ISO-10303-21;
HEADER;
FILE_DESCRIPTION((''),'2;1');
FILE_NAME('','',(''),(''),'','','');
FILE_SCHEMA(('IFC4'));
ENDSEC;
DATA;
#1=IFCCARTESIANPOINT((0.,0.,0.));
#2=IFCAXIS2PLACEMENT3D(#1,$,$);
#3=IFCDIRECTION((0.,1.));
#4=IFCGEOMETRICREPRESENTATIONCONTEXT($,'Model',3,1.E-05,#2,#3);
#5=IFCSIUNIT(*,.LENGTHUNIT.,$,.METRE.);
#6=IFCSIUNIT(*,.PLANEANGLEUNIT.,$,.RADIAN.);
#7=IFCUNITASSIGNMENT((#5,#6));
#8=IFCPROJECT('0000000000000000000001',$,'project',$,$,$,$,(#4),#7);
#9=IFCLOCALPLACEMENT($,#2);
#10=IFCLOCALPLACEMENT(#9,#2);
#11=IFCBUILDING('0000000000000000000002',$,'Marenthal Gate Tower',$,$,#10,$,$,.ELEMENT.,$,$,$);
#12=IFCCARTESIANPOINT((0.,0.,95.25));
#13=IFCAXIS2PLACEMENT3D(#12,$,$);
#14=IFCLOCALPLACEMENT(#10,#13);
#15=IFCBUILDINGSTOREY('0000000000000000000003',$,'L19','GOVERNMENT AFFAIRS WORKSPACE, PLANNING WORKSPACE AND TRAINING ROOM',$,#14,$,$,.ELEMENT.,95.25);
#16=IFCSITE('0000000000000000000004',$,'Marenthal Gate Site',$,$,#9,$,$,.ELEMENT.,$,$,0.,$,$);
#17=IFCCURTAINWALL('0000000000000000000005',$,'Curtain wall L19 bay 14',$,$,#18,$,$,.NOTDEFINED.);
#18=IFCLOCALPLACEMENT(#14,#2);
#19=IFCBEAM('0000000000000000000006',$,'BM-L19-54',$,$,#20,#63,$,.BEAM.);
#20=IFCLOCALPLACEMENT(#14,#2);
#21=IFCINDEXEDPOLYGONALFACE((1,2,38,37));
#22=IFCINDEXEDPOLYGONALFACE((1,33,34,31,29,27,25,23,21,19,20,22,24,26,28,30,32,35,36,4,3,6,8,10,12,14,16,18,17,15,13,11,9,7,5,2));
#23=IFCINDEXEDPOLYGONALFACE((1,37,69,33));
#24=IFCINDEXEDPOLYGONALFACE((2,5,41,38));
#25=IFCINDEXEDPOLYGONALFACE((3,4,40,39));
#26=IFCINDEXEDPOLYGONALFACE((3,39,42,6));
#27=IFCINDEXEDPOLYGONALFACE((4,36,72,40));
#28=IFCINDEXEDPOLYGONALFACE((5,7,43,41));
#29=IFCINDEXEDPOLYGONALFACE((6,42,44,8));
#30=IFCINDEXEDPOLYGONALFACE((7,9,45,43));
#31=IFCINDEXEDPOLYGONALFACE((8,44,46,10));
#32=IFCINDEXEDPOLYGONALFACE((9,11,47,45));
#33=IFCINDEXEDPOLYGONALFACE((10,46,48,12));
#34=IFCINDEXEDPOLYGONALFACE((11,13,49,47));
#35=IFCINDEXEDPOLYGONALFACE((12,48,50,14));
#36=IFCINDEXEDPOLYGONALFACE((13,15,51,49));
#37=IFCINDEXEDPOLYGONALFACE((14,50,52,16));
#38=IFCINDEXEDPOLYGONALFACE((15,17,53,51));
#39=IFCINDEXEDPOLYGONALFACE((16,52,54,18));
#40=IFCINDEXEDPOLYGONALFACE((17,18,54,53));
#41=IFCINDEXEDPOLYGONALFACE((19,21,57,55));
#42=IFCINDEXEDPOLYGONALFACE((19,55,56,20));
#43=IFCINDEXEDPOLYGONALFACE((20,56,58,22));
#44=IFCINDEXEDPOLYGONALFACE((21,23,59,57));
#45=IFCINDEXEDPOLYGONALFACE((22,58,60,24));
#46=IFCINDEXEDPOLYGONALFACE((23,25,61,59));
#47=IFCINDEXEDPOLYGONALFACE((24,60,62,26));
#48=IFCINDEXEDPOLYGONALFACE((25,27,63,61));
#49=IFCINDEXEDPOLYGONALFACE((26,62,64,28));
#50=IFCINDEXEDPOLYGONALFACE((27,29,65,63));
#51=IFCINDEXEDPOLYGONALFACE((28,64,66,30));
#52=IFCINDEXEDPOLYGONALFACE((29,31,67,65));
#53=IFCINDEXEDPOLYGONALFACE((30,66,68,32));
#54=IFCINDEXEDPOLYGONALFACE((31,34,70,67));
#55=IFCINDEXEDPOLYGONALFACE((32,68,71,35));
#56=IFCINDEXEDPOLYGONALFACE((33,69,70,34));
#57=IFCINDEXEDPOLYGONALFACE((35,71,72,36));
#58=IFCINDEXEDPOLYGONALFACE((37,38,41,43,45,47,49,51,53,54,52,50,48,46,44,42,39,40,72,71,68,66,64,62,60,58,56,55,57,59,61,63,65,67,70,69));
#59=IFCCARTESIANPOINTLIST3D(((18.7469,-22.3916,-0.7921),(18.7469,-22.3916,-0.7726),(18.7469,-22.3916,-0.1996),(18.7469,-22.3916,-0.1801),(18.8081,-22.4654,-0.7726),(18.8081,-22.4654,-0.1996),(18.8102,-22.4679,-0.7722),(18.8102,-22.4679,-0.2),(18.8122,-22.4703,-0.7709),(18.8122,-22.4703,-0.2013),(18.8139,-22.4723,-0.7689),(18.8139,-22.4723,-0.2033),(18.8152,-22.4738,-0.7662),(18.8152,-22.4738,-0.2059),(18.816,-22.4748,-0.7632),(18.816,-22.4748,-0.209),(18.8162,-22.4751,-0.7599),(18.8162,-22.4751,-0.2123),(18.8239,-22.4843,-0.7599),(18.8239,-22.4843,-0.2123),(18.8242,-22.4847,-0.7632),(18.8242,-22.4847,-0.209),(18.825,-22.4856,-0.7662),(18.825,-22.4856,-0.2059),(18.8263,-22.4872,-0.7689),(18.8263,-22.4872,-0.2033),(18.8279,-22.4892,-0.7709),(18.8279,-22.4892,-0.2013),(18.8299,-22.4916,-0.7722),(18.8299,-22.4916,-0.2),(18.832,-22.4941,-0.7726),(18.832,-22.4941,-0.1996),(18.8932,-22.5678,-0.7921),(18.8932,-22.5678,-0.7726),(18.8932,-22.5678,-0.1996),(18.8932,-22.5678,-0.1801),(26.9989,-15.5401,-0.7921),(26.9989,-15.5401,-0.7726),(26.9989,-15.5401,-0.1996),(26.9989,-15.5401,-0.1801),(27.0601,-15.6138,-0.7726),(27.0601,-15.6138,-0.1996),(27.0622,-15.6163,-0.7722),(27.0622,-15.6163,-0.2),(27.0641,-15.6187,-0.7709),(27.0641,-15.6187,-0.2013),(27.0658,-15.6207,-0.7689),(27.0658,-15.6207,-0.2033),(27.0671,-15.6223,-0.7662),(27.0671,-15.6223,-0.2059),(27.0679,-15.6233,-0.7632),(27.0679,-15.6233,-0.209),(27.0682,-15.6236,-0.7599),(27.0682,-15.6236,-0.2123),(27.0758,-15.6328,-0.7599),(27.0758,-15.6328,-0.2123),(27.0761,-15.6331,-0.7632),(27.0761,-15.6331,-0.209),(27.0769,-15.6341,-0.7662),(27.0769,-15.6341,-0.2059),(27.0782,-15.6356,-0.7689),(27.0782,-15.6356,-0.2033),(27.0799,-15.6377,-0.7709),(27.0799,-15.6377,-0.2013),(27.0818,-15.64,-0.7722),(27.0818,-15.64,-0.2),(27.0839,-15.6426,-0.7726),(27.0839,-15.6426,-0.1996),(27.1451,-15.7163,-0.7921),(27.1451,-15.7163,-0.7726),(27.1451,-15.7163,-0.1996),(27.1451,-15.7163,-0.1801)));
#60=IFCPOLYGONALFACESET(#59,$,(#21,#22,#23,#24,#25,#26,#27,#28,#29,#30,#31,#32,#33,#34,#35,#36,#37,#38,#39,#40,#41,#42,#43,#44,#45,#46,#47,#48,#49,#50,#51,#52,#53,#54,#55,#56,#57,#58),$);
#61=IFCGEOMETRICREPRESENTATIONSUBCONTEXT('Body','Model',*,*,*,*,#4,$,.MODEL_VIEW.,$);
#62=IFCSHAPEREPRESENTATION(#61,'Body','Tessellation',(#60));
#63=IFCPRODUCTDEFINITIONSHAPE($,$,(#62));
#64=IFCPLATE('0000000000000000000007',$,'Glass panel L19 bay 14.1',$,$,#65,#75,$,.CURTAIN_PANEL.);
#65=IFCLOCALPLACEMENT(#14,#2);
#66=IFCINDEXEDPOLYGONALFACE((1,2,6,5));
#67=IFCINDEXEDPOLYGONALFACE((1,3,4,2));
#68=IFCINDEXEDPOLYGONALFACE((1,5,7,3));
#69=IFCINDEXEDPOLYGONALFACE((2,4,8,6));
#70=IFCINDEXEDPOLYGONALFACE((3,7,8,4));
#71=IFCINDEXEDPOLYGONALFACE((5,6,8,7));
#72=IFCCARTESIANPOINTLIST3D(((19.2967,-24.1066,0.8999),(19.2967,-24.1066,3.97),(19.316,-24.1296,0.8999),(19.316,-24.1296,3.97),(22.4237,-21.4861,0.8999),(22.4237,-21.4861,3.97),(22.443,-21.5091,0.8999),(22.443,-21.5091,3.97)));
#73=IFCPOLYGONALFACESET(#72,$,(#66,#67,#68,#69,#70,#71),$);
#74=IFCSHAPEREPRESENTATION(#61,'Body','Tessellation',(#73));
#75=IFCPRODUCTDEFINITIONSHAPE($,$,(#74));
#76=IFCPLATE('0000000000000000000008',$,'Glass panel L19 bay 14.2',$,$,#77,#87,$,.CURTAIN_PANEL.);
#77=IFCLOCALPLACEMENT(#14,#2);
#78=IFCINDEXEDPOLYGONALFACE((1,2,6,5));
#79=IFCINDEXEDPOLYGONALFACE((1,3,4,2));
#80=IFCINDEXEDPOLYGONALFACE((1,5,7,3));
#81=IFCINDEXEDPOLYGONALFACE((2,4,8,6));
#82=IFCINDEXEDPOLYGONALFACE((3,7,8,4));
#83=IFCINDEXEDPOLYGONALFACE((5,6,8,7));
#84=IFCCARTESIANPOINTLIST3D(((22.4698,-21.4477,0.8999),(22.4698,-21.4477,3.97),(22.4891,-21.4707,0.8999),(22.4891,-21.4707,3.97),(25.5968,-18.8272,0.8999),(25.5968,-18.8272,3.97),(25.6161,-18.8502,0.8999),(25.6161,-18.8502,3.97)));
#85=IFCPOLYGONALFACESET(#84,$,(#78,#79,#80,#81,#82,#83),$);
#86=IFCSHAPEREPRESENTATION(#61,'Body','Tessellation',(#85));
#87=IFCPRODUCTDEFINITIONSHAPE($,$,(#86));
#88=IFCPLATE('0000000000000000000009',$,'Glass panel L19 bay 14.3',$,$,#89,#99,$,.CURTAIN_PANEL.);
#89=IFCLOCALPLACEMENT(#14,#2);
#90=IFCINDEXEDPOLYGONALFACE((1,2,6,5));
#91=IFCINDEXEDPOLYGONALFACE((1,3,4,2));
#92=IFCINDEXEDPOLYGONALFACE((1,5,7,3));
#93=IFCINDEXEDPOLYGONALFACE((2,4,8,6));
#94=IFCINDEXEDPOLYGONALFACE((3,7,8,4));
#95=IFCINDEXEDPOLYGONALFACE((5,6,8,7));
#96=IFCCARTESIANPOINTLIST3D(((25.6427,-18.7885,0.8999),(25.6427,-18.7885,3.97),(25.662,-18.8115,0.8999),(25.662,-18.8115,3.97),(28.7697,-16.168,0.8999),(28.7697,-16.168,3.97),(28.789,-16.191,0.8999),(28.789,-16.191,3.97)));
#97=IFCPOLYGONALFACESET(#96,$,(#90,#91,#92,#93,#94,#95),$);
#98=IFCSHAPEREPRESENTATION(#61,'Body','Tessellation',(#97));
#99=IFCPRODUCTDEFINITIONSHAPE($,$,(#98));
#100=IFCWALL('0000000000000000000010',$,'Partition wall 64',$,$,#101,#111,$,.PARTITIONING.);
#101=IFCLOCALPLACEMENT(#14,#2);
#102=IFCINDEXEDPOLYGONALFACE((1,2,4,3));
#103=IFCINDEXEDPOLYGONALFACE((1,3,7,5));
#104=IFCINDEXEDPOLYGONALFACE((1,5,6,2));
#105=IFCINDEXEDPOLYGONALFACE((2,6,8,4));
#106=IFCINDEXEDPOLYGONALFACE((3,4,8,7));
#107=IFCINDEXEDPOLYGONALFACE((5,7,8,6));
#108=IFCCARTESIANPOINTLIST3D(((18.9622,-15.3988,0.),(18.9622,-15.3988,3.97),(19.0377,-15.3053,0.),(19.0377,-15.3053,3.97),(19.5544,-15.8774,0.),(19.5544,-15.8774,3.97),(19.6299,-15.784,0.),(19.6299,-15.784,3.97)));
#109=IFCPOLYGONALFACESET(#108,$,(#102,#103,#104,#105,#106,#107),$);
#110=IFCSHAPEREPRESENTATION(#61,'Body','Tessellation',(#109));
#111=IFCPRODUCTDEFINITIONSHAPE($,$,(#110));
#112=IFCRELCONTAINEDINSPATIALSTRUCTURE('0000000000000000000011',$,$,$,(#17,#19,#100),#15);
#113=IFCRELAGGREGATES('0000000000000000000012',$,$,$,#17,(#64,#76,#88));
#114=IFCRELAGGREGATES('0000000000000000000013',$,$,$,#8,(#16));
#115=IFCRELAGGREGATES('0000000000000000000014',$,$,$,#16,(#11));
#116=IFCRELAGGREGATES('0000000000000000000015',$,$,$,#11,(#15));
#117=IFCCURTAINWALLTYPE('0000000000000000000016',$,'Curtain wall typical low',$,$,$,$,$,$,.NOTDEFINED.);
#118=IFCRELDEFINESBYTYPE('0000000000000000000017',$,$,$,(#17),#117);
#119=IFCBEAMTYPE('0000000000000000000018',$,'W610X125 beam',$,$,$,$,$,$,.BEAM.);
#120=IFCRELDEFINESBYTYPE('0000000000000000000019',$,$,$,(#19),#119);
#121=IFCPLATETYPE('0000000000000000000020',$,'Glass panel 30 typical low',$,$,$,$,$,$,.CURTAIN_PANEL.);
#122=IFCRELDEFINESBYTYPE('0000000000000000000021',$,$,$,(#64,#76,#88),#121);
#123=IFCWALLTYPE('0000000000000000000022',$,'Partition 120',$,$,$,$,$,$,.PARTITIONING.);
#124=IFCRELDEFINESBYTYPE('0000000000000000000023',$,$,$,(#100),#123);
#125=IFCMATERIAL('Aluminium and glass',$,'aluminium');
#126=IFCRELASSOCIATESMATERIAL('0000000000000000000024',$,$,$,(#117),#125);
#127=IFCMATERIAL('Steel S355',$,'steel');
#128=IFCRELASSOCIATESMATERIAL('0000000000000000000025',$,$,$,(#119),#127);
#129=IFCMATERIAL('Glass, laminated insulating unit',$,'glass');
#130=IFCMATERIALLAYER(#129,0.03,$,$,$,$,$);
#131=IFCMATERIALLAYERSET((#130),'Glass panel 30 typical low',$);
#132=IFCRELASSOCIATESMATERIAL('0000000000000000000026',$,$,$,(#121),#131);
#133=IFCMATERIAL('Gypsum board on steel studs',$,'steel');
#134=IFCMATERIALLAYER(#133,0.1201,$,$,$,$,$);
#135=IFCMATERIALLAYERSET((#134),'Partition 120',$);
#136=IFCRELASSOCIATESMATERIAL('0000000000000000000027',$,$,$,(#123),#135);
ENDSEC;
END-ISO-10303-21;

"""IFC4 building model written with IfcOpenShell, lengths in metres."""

from ifc_helpers import new_model, si_unit, direction, frame, frame_2d, origin, origin_2d, place, context, subcontext, project, spatial, rectangle, i_section, extrude, material, layer, layer_set, material_profile, profile_set, type_object, element, aggregate, save


model = new_model("IFC4")

# Units and contexts
model_context = context("Model", 3, precision=1e-05, world=origin(), true_north=direction((0.0, 1.0)))
body_context = subcontext(model_context, "Body", "Model", "MODEL_VIEW")
ifc_project = project(units=[si_unit("LENGTHUNIT", "METRE"), si_unit("PLANEANGLEUNIT", "RADIAN")], contexts=[model_context])

# Site, building, storey
site_placement = place(None, origin())
site = spatial("IfcSite", under=ifc_project, at=site_placement, Name="Marenthal Gate Site", CompositionType="ELEMENT", RefElevation=0.0)
building_placement = place(site_placement, origin())
building = spatial("IfcBuilding", under=site, at=building_placement, Name="Marenthal Gate Tower", CompositionType="ELEMENT")
storey_placement = place(building_placement, frame((0.0, 0.0, 95.25)))
storey = spatial("IfcBuildingStorey", under=building, at=storey_placement, Name="L19", Description="GOVERNMENT AFFAIRS WORKSPACE, PLANNING WORKSPACE AND TRAINING ROOM", CompositionType="ELEMENT", Elevation=95.25)

# Curtain wall
ifc_material_1 = material(Name="Aluminium and glass", Category="aluminium")
curtain_wall_type = type_object("IfcCurtainWallType", Name="Curtain wall typical low", PredefinedType="NOTDEFINED", material=ifc_material_1)
curtain_wall_placement = place(storey_placement, origin())
curtain_wall = element("IfcCurtainWall", 1, at=curtain_wall_placement, inside=storey, type_object=curtain_wall_type, Name="Curtain wall L19 bay 14", PredefinedType="NOTDEFINED")

# Beam
ifc_material_2 = material(Name="Steel S355", Category="steel")
ifc_material_profile_1 = material_profile(ifc_material_2, i_section(OverallWidth=0.229, OverallDepth=0.6121, WebThickness=0.012, FlangeThickness=0.0195, FilletRadius=0.0127, at=origin_2d()), Name="W610X125")
ifc_profile_set_1 = profile_set([ifc_material_profile_1], Name="Steel S355")
beam_type_1 = type_object("IfcBeamType", Name="W610X125 beam", PredefinedType="BEAM", material=ifc_profile_set_1)
beam_1_placement = place(storey_placement, frame((18.8201, -22.4797, -0.4861), z_axis=(0.769369, 0.638804, 0.0), x_axis=(-0.638804, 0.769369, 0.0)))
element("IfcBeam", 2, at=beam_1_placement, inside=storey, type_object=beam_type_1, Name="BM-L19-54", PredefinedType="BEAM", context=body_context, shape_type="SweptSolid", body=[
    extrude(i_section(OverallWidth=0.229, OverallDepth=0.6121, WebThickness=0.012, FlangeThickness=0.0195, FilletRadius=0.0127, at=origin_2d()), origin(), (0.0, 0.0, 1.0), 10.7256),
])

# Plates
ifc_material_3 = material(Name="Glass, laminated insulating unit", Category="glass")
ifc_layer_1 = layer(ifc_material_3, 0.03)
ifc_layer_set_1 = layer_set([ifc_layer_1], Name="Glass panel 30 typical low")
plate_type = type_object("IfcPlateType", Name="Glass panel 30 typical low", PredefinedType="CURTAIN_PANEL", material=ifc_layer_set_1)
plate_1_placement = place(storey_placement, frame((20.8699, -22.8079, 0.8999), z_axis=(0.0, 0.0, 1.0), x_axis=(0.766447, 0.642308, 0.0)))
plate_1 = element("IfcPlate", 3, at=plate_1_placement, type_object=plate_type, Name="Glass panel L19 bay 14.1", PredefinedType="CURTAIN_PANEL", context=body_context, shape_type="SweptSolid", body=[
    extrude(rectangle(XDim=4.0798, YDim=0.03, at=origin_2d()), origin(), (0.0, 0.0, 1.0), 3.0701),
])
plate_2_placement = place(storey_placement, frame((24.043, -20.1489, 0.8999), z_axis=(0.0, 0.0, 1.0), x_axis=(0.766447, 0.642308, 0.0)))
plate_2 = element("IfcPlate", 4, at=plate_2_placement, type_object=plate_type, Name="Glass panel L19 bay 14.2", PredefinedType="CURTAIN_PANEL", context=body_context, shape_type="SweptSolid", body=[
    extrude(rectangle(XDim=4.0798, YDim=0.03, at=origin_2d()), origin(), (0.0, 0.0, 1.0), 3.0701),
])
plate_3_placement = place(storey_placement, frame((27.2158, -17.4897, 0.8999), z_axis=(0.0, 0.0, 1.0), x_axis=(0.766447, 0.642308, 0.0)))
plate_3 = element("IfcPlate", 5, at=plate_3_placement, type_object=plate_type, Name="Glass panel L19 bay 14.3", PredefinedType="CURTAIN_PANEL", context=body_context, shape_type="SweptSolid", body=[
    extrude(rectangle(XDim=4.0798, YDim=0.03, at=origin_2d()), origin(), (0.0, 0.0, 1.0), 3.0701),
])
aggregate(curtain_wall, [plate_1, plate_2, plate_3])

# Wall
ifc_material_4 = material(Name="Gypsum board on steel studs", Category="steel")
ifc_layer_2 = layer(ifc_material_4, 0.1201)
ifc_layer_set_2 = layer_set([ifc_layer_2], Name="Partition 120")
wall_type_1 = type_object("IfcWallType", Name="Partition 120", PredefinedType="PARTITIONING", material=ifc_layer_set_2)
wall_1_placement = place(storey_placement, frame((19.5923, -15.8308, 0.0), z_axis=(0.0, 0.0, 1.0), x_axis=(-0.7777, 0.628636, 0.0)))
element("IfcWall", 6, at=wall_1_placement, inside=storey, type_object=wall_type_1, Name="Partition wall 64", PredefinedType="PARTITIONING", context=body_context, shape_type="SweptSolid", body=[
    extrude(rectangle(XDim=0.7615, YDim=0.1201, at=frame_2d((0.3809, 0.0))), origin(), (0.0, 0.0, 1.0), 3.97),
])

save(model, "model.ifc")
